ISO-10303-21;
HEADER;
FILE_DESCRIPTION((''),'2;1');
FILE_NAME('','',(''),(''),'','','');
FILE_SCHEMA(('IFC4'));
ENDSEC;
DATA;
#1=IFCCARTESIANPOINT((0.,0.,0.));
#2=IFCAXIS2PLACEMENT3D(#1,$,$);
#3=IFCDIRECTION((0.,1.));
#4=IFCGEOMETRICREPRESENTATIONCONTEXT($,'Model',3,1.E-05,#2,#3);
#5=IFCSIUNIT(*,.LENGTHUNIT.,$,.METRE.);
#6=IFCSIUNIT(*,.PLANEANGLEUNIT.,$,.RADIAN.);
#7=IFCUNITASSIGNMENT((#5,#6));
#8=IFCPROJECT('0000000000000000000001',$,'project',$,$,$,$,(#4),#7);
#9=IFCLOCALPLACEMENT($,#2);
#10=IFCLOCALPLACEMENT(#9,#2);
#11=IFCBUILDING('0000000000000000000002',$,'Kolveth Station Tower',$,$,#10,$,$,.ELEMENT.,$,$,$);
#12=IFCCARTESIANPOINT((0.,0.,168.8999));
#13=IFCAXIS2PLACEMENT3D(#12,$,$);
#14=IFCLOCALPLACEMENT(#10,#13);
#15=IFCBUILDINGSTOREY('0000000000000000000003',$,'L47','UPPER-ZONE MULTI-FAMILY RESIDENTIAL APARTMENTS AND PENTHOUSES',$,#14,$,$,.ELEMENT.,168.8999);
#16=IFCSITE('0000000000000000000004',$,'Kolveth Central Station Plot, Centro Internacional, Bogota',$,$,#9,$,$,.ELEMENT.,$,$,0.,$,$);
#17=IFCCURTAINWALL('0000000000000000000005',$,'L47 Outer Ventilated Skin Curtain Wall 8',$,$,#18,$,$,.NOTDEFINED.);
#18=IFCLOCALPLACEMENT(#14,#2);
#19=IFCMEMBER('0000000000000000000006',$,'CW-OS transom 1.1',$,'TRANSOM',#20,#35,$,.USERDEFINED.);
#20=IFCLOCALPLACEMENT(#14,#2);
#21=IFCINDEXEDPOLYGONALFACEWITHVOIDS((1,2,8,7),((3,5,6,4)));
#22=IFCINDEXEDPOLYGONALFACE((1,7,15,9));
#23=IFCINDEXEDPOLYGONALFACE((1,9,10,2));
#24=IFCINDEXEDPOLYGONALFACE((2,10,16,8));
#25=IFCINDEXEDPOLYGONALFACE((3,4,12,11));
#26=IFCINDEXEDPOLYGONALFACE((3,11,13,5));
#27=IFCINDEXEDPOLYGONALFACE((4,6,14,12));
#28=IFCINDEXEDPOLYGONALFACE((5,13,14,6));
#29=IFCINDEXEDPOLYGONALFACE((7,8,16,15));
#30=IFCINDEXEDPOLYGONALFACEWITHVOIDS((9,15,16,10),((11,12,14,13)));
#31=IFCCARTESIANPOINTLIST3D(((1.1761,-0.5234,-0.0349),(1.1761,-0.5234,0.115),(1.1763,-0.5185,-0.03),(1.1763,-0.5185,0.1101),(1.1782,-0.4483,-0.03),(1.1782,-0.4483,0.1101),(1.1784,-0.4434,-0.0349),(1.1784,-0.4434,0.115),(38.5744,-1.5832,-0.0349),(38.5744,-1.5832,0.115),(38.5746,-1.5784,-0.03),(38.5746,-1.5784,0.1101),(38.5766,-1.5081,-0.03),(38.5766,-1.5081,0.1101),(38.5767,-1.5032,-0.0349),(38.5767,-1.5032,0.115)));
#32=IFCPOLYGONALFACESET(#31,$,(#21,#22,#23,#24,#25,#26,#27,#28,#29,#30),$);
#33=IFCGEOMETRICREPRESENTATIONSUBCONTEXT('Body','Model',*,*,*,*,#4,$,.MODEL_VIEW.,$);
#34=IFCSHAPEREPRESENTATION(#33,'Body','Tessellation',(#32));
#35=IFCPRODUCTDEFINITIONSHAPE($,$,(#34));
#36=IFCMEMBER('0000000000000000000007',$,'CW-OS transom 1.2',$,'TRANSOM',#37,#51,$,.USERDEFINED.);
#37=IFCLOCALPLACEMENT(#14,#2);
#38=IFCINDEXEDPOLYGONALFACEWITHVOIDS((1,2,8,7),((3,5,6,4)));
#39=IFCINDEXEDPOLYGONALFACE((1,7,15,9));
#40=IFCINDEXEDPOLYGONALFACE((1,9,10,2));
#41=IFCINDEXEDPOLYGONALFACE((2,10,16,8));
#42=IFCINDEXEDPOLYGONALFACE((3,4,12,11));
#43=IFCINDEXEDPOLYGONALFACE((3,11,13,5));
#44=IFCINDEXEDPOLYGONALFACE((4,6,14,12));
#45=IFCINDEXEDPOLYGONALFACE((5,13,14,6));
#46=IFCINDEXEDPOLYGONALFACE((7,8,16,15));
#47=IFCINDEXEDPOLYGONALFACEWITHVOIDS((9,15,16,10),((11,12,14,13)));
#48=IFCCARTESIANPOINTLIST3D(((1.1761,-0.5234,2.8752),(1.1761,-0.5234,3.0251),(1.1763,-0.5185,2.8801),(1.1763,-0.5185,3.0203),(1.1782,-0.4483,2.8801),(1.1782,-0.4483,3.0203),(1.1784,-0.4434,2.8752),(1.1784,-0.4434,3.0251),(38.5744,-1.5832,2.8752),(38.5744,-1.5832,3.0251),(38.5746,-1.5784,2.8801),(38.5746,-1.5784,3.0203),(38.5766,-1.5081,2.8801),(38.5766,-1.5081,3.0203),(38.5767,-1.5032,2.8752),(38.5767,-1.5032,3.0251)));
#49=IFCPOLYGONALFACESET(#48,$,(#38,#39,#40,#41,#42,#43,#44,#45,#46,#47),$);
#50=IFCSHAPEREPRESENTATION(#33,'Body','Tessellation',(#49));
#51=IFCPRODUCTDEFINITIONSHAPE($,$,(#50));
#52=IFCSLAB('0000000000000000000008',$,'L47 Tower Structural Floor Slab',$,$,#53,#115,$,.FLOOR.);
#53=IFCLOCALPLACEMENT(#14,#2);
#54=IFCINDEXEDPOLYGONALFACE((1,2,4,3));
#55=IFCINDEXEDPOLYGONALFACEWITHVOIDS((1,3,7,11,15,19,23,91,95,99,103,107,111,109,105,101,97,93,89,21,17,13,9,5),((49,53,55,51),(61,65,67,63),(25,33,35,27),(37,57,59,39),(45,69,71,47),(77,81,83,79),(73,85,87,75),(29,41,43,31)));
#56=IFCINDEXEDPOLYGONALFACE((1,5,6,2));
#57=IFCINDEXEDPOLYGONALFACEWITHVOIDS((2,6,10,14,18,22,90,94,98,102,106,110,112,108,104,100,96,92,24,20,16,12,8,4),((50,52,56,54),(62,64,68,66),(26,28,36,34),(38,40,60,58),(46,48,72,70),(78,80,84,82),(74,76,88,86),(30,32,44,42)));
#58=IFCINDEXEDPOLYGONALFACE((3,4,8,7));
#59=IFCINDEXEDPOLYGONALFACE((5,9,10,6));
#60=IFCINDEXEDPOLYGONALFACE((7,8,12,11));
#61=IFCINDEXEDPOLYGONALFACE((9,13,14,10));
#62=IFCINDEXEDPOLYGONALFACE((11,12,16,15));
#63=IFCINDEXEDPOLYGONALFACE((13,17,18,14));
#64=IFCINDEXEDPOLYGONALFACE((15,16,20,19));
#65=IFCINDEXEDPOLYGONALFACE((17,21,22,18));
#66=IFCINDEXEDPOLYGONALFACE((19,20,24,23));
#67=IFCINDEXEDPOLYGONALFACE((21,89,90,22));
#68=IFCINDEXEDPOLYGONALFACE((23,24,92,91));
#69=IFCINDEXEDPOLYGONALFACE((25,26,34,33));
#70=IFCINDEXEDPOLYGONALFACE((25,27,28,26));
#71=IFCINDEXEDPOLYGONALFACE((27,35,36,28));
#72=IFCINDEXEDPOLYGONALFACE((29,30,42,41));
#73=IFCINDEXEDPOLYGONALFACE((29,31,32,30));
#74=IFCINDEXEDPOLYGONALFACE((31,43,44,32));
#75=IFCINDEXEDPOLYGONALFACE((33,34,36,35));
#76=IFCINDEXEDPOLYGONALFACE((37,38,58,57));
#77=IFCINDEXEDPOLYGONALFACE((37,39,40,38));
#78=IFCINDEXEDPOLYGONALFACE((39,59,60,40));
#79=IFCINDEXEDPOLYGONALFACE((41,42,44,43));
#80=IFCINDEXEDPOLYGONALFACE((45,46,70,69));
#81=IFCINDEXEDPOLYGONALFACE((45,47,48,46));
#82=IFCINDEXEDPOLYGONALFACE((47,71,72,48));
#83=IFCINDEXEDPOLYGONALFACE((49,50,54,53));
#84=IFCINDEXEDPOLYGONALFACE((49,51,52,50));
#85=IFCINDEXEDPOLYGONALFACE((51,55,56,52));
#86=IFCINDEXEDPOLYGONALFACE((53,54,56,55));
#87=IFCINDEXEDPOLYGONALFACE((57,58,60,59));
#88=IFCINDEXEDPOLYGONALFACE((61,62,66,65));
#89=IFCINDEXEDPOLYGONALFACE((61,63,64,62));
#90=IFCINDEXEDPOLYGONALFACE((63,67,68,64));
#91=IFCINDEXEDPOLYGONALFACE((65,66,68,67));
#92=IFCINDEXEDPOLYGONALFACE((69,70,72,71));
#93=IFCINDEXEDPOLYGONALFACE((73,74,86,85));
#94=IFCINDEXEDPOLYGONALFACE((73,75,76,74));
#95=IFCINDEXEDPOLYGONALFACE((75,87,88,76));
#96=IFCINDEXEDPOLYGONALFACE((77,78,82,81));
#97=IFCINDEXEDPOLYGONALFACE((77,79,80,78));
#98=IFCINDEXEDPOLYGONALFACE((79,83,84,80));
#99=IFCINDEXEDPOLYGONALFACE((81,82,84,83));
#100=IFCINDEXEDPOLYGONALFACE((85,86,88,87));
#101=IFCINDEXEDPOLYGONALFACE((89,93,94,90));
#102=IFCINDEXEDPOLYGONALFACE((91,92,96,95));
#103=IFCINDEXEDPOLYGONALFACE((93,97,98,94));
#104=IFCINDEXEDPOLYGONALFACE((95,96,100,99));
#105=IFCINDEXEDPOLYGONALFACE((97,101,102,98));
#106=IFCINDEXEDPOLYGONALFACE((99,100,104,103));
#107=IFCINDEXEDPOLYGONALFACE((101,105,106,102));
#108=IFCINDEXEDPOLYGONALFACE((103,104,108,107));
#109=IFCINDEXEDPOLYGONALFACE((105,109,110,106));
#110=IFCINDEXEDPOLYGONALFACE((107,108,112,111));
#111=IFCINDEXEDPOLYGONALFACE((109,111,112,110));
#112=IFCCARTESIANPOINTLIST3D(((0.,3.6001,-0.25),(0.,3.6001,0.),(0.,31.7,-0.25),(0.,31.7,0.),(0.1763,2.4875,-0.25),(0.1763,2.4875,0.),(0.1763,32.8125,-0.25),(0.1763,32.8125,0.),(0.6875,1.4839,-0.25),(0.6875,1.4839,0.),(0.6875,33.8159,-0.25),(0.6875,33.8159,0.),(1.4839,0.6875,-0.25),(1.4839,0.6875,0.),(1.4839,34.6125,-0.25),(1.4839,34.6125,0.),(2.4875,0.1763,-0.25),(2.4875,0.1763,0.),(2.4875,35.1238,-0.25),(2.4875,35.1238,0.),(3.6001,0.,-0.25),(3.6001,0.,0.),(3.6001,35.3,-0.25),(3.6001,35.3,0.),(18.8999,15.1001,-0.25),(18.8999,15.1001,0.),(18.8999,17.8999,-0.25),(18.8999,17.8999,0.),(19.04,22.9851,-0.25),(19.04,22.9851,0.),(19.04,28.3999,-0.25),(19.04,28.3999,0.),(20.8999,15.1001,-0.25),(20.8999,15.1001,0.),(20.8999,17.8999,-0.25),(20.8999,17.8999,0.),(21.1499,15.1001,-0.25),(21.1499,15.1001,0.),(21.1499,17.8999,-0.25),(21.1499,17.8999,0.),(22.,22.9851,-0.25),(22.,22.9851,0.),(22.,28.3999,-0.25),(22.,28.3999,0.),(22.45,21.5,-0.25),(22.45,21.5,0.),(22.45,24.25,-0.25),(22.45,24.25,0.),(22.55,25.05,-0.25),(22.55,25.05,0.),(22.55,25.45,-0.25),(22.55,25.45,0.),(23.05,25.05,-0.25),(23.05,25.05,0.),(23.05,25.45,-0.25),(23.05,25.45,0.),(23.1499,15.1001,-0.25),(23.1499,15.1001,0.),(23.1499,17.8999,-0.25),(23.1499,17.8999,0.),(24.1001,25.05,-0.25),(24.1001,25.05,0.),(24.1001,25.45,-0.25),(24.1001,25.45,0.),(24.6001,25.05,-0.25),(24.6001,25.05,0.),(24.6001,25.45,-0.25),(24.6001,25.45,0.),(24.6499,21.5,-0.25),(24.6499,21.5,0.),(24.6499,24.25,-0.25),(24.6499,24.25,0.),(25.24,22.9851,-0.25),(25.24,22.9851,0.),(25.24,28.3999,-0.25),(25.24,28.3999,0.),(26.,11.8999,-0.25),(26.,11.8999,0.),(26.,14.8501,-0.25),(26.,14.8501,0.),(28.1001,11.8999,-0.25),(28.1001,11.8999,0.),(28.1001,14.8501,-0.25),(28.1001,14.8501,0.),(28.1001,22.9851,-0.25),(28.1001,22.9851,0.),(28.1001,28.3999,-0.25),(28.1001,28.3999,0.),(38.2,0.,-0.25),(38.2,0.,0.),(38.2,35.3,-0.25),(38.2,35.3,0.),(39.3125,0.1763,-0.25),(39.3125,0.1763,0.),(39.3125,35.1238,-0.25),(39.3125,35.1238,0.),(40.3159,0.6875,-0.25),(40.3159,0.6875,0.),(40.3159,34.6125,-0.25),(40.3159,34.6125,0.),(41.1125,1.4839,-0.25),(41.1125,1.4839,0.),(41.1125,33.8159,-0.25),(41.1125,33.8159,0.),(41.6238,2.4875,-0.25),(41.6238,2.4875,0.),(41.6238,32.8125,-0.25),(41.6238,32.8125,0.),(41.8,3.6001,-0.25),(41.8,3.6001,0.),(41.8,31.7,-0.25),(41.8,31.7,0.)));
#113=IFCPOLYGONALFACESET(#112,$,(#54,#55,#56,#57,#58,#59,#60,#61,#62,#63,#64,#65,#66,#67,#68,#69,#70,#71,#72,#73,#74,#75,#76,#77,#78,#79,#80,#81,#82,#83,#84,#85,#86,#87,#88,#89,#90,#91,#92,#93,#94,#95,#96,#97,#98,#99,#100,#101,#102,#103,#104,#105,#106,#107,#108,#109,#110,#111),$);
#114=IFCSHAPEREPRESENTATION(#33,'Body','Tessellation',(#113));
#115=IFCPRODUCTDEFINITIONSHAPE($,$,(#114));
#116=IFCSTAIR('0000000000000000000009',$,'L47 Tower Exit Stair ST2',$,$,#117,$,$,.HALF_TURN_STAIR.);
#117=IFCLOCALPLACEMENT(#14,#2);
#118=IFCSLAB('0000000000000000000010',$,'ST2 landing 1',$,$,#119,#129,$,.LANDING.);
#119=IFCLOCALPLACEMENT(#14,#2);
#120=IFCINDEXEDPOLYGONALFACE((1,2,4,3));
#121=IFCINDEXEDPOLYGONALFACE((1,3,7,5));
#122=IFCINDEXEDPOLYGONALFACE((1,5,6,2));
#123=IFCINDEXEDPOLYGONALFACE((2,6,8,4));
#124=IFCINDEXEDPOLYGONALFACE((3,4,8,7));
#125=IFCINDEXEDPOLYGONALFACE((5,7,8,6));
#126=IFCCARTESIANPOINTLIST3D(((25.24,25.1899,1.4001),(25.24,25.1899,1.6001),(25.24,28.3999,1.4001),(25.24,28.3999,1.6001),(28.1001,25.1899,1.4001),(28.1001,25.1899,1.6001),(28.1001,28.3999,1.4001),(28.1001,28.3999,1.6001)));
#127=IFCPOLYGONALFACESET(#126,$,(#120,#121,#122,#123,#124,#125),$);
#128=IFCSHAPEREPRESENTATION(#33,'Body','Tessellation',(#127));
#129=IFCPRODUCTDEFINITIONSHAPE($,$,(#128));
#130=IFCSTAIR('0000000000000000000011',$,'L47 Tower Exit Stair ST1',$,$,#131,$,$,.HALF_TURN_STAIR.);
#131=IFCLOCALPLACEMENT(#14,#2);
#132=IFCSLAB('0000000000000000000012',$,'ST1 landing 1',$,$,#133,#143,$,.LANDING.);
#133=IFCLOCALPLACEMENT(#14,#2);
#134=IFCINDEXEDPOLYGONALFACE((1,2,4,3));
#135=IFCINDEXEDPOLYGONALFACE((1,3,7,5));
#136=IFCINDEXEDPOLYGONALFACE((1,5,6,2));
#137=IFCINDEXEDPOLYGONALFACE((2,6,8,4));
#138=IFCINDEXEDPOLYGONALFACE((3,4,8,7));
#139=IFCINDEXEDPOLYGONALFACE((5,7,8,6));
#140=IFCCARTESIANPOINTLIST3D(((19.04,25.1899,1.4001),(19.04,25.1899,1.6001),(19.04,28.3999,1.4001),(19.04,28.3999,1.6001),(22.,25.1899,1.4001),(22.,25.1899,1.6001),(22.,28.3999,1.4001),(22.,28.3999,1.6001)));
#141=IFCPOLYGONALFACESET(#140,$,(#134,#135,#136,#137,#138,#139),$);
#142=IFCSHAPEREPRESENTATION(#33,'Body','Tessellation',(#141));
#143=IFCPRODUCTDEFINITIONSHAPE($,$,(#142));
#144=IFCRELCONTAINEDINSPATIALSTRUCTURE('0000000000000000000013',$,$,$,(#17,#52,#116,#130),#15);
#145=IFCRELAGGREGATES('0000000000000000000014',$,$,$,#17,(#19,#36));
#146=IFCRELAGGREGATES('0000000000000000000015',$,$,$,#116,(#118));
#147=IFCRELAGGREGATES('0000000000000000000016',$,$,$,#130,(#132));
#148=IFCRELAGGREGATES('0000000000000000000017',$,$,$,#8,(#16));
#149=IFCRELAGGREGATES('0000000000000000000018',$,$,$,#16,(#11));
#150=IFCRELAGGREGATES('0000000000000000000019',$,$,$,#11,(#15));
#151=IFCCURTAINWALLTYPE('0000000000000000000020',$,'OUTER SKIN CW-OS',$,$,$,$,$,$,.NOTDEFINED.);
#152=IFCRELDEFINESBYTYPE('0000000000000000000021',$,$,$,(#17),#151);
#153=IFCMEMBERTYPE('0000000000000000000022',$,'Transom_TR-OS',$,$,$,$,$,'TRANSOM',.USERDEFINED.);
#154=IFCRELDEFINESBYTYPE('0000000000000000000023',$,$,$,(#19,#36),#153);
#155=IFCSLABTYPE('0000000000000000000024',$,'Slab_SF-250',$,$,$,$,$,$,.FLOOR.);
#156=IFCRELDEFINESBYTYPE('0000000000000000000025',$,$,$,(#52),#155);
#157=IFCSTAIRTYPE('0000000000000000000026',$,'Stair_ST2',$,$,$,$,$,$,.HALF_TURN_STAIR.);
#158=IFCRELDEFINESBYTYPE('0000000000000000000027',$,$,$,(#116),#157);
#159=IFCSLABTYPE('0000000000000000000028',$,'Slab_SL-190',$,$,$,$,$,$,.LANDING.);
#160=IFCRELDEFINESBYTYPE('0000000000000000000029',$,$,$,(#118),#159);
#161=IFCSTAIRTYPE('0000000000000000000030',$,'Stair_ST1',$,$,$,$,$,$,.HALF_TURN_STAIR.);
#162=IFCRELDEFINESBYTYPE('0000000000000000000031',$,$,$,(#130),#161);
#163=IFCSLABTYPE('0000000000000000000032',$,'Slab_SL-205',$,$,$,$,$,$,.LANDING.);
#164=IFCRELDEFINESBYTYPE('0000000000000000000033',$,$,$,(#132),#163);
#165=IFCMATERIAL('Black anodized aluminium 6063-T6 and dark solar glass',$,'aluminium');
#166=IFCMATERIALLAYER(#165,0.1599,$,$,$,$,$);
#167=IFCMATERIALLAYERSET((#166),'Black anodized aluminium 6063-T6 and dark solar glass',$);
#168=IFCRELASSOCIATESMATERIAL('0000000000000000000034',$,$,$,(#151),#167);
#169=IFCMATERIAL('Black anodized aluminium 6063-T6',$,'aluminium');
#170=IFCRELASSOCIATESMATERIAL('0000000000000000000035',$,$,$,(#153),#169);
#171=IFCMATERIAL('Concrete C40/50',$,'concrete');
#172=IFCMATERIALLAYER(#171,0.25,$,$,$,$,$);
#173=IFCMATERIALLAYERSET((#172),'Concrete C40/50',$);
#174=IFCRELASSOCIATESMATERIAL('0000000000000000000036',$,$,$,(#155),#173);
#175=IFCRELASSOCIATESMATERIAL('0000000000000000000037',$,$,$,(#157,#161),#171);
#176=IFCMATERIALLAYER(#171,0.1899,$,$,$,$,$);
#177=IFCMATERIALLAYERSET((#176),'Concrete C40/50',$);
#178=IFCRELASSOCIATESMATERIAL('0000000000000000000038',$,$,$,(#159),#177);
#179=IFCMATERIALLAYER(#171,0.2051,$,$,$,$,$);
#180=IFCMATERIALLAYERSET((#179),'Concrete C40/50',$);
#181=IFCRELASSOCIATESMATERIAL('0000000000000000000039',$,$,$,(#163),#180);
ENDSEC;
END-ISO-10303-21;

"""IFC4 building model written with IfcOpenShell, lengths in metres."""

from ifc_helpers import new_model, si_unit, direction, frame, origin, origin_2d, place, context, subcontext, project, spatial, polyline, hollow_rectangle, outline, extrude, source, transform, mapped, material, layer, layer_set, material_profile, profile_set, type_object, element, aggregate, save


model = new_model("IFC4")

# Units and contexts
model_context = context("Model", 3, precision=1e-05, world=origin(), true_north=direction((0.0, 1.0)))
body_context = subcontext(model_context, "Body", "Model", "MODEL_VIEW")
ifc_project = project(units=[si_unit("LENGTHUNIT", "METRE"), si_unit("PLANEANGLEUNIT", "RADIAN")], contexts=[model_context])

# Site, building, storey
site_placement = place(None, origin())
site = spatial("IfcSite", under=ifc_project, at=site_placement, Name="Kolveth Central Station Plot, Centro Internacional, Bogota", CompositionType="ELEMENT", RefElevation=0.0)
building_placement = place(site_placement, origin())
building = spatial("IfcBuilding", under=site, at=building_placement, Name="Kolveth Station Tower", CompositionType="ELEMENT")
storey_placement = place(building_placement, frame((0.0, 0.0, 168.8999)))
storey = spatial("IfcBuildingStorey", under=building, at=storey_placement, Name="L47", Description="UPPER-ZONE MULTI-FAMILY RESIDENTIAL APARTMENTS AND PENTHOUSES", CompositionType="ELEMENT", Elevation=168.8999)

# Curtain wall
ifc_material_1 = material(Name="Black anodized aluminium 6063-T6 and dark solar glass", Category="aluminium")
ifc_layer_1 = layer(ifc_material_1, 0.1599)
ifc_layer_set_1 = layer_set([ifc_layer_1], Name="Black anodized aluminium 6063-T6 and dark solar glass")
curtain_wall_type_1 = type_object("IfcCurtainWallType", Name="OUTER SKIN CW-OS", PredefinedType="NOTDEFINED", material=ifc_layer_set_1)
ifc_material_2 = material(Name="Black anodized aluminium 6063-T6", Category="aluminium")
curtain_wall_1_placement = place(storey_placement, origin())
curtain_wall_1 = element("IfcCurtainWall", 1, at=curtain_wall_1_placement, inside=storey, type_object=curtain_wall_type_1, Name="L47 Outer Ventilated Skin Curtain Wall 8", PredefinedType="NOTDEFINED")

# Members
ifc_material_profile_1 = material_profile(ifc_material_2, hollow_rectangle(XDim=0.0801, YDim=0.1499, WallThickness=0.0049, at=origin_2d()), Name="ALU-80x150x5")
ifc_profile_set_1 = profile_set([ifc_material_profile_1], Name="Black anodized aluminium 6063-T6")
member_type_1 = type_object("IfcMemberType", Name="Transom_TR-OS", ElementType="TRANSOM", PredefinedType="USERDEFINED", material=ifc_profile_set_1)
shared_shape_1 = source(origin(), body_context, "Body", "SweptSolid", [
    extrude(hollow_rectangle(XDim=0.0801, YDim=0.1499, WallThickness=0.0049, at=origin_2d()), origin(), (0.0, 0.0, 1.0), 37.4133),
])
member_1_placement = place(storey_placement, frame((1.1772, -0.4834, 0.04), z_axis=(0.999599, -0.028327, 0.0), x_axis=(0.028327, 0.999599, 0.0)))
member_1 = element("IfcMember", 2, at=member_1_placement, type_object=member_type_1, Name="CW-OS transom 1.1", ObjectType="TRANSOM", PredefinedType="USERDEFINED", context=body_context, shape_type="MappedRepresentation", body=[
    mapped(shared_shape_1, transform((0.0, 0.0, 0.0), x_axis=(1.0, 0.0, 0.0), y_axis=(0.0, 1.0, 0.0), z_axis=(0.0, 0.0, 1.0), scale=1.0)),
])
member_2_placement = place(storey_placement, frame((1.1772, -0.4834, 2.9502), z_axis=(0.999599, -0.028327, 0.0), x_axis=(0.028327, 0.999599, 0.0)))
member_2 = element("IfcMember", 3, at=member_2_placement, type_object=member_type_1, Name="CW-OS transom 1.2", ObjectType="TRANSOM", PredefinedType="USERDEFINED", context=body_context, shape_type="MappedRepresentation", body=[
    mapped(shared_shape_1, transform((0.0, 0.0, 0.0), x_axis=(1.0, 0.0, 0.0), y_axis=(0.0, 1.0, 0.0), z_axis=(0.0, 0.0, 1.0), scale=1.0)),
])
aggregate(curtain_wall_1, [member_1, member_2])

# Slab
ifc_material_3 = material(Name="Concrete C40/50", Category="concrete")
ifc_layer_2 = layer(ifc_material_3, 0.25)
ifc_layer_set_2 = layer_set([ifc_layer_2], Name="Concrete C40/50")
slab_type_1 = type_object("IfcSlabType", Name="Slab_SF-250", PredefinedType="FLOOR", material=ifc_layer_set_2)
slab_1_placement = place(storey_placement, frame((0.0, 0.0, -0.25)))
element("IfcSlab", 4, at=slab_1_placement, inside=storey, type_object=slab_type_1, Name="L47 Tower Structural Floor Slab", PredefinedType="FLOOR", context=body_context, shape_type="SweptSolid", body=[
    extrude(outline(polyline([(38.2, 0.0), (39.3125, 0.1763), (40.3159, 0.6875), (41.1125, 1.4839), (41.6238, 2.4875), (41.8, 3.6001), (41.8, 31.7), (41.6238, 32.8125), (41.1125, 33.8159), (40.3159, 34.6125), (39.3125, 35.1238), (38.2, 35.3), (3.6001, 35.3), (2.4875, 35.1238), (1.4839, 34.6125), (0.6875, 33.8159), (0.1763, 32.8125), (0.0, 31.7), (0.0, 3.6001), (0.1763, 2.4875), (0.6875, 1.4839), (1.4839, 0.6875), (2.4875, 0.1763), (3.6001, 0.0), (38.2, 0.0)]), holes=[polyline([(19.04, 22.9851), (22.0, 22.9851), (22.0, 28.3999), (19.04, 28.3999), (19.04, 22.9851)]), polyline([(25.24, 22.9851), (28.1001, 22.9851), (28.1001, 28.3999), (25.24, 28.3999), (25.24, 22.9851)]), polyline([(18.8999, 15.1001), (20.8999, 15.1001), (20.8999, 17.8999), (18.8999, 17.8999), (18.8999, 15.1001)]), polyline([(21.1499, 15.1001), (23.1499, 15.1001), (23.1499, 17.8999), (21.1499, 17.8999), (21.1499, 15.1001)]), polyline([(22.45, 21.5), (24.6499, 21.5), (24.6499, 24.25), (22.45, 24.25), (22.45, 21.5)]), polyline([(26.0, 11.8999), (28.1001, 11.8999), (28.1001, 14.8501), (26.0, 14.8501), (26.0, 11.8999)]), polyline([(22.55, 25.05), (23.05, 25.05), (23.05, 25.45), (22.55, 25.45), (22.55, 25.05)]), polyline([(24.1001, 25.05), (24.6001, 25.05), (24.6001, 25.45), (24.1001, 25.45), (24.1001, 25.05)])]), origin(), (0.0, 0.0, 1.0), 0.25),
])

# Stairs, slabs
stair_type_1 = type_object("IfcStairType", Name="Stair_ST2", PredefinedType="HALF_TURN_STAIR", material=ifc_material_3)
stair_1_placement = place(storey_placement, origin())
stair_1 = element("IfcStair", 5, at=stair_1_placement, inside=storey, type_object=stair_type_1, Name="L47 Tower Exit Stair ST2", PredefinedType="HALF_TURN_STAIR")
ifc_layer_3 = layer(ifc_material_3, 0.1899)
ifc_layer_set_3 = layer_set([ifc_layer_3], Name="Concrete C40/50")
slab_type_2 = type_object("IfcSlabType", Name="Slab_SL-190", PredefinedType="LANDING", material=ifc_layer_set_3)
slab_2_placement = place(storey_placement, frame((0.0, 0.0, 1.4001)))
slab_2 = element("IfcSlab", 6, at=slab_2_placement, type_object=slab_type_2, Name="ST2 landing 1", PredefinedType="LANDING", context=body_context, shape_type="SweptSolid", body=[
    extrude(outline(polyline([(28.1001, 25.1899), (28.1001, 28.3999), (25.24, 28.3999), (25.24, 25.1899), (28.1001, 25.1899)])), origin(), (0.0, 0.0, 1.0), 0.2),
])
aggregate(stair_1, [slab_2])
stair_type_2 = type_object("IfcStairType", Name="Stair_ST1", PredefinedType="HALF_TURN_STAIR", material=ifc_material_3)
stair_2_placement = place(storey_placement, origin())
stair_2 = element("IfcStair", 7, at=stair_2_placement, inside=storey, type_object=stair_type_2, Name="L47 Tower Exit Stair ST1", PredefinedType="HALF_TURN_STAIR")
ifc_layer_4 = layer(ifc_material_3, 0.2051)
ifc_layer_set_4 = layer_set([ifc_layer_4], Name="Concrete C40/50")
slab_type_3 = type_object("IfcSlabType", Name="Slab_SL-205", PredefinedType="LANDING", material=ifc_layer_set_4)
slab_3_placement = place(storey_placement, frame((0.0, 0.0, 1.4001)))
slab_3 = element("IfcSlab", 8, at=slab_3_placement, type_object=slab_type_3, Name="ST1 landing 1", PredefinedType="LANDING", context=body_context, shape_type="SweptSolid", body=[
    extrude(outline(polyline([(22.0, 25.1899), (22.0, 28.3999), (19.04, 28.3999), (19.04, 25.1899), (22.0, 25.1899)])), origin(), (0.0, 0.0, 1.0), 0.2),
])
aggregate(stair_2, [slab_3])

save(model, "model.ifc")
